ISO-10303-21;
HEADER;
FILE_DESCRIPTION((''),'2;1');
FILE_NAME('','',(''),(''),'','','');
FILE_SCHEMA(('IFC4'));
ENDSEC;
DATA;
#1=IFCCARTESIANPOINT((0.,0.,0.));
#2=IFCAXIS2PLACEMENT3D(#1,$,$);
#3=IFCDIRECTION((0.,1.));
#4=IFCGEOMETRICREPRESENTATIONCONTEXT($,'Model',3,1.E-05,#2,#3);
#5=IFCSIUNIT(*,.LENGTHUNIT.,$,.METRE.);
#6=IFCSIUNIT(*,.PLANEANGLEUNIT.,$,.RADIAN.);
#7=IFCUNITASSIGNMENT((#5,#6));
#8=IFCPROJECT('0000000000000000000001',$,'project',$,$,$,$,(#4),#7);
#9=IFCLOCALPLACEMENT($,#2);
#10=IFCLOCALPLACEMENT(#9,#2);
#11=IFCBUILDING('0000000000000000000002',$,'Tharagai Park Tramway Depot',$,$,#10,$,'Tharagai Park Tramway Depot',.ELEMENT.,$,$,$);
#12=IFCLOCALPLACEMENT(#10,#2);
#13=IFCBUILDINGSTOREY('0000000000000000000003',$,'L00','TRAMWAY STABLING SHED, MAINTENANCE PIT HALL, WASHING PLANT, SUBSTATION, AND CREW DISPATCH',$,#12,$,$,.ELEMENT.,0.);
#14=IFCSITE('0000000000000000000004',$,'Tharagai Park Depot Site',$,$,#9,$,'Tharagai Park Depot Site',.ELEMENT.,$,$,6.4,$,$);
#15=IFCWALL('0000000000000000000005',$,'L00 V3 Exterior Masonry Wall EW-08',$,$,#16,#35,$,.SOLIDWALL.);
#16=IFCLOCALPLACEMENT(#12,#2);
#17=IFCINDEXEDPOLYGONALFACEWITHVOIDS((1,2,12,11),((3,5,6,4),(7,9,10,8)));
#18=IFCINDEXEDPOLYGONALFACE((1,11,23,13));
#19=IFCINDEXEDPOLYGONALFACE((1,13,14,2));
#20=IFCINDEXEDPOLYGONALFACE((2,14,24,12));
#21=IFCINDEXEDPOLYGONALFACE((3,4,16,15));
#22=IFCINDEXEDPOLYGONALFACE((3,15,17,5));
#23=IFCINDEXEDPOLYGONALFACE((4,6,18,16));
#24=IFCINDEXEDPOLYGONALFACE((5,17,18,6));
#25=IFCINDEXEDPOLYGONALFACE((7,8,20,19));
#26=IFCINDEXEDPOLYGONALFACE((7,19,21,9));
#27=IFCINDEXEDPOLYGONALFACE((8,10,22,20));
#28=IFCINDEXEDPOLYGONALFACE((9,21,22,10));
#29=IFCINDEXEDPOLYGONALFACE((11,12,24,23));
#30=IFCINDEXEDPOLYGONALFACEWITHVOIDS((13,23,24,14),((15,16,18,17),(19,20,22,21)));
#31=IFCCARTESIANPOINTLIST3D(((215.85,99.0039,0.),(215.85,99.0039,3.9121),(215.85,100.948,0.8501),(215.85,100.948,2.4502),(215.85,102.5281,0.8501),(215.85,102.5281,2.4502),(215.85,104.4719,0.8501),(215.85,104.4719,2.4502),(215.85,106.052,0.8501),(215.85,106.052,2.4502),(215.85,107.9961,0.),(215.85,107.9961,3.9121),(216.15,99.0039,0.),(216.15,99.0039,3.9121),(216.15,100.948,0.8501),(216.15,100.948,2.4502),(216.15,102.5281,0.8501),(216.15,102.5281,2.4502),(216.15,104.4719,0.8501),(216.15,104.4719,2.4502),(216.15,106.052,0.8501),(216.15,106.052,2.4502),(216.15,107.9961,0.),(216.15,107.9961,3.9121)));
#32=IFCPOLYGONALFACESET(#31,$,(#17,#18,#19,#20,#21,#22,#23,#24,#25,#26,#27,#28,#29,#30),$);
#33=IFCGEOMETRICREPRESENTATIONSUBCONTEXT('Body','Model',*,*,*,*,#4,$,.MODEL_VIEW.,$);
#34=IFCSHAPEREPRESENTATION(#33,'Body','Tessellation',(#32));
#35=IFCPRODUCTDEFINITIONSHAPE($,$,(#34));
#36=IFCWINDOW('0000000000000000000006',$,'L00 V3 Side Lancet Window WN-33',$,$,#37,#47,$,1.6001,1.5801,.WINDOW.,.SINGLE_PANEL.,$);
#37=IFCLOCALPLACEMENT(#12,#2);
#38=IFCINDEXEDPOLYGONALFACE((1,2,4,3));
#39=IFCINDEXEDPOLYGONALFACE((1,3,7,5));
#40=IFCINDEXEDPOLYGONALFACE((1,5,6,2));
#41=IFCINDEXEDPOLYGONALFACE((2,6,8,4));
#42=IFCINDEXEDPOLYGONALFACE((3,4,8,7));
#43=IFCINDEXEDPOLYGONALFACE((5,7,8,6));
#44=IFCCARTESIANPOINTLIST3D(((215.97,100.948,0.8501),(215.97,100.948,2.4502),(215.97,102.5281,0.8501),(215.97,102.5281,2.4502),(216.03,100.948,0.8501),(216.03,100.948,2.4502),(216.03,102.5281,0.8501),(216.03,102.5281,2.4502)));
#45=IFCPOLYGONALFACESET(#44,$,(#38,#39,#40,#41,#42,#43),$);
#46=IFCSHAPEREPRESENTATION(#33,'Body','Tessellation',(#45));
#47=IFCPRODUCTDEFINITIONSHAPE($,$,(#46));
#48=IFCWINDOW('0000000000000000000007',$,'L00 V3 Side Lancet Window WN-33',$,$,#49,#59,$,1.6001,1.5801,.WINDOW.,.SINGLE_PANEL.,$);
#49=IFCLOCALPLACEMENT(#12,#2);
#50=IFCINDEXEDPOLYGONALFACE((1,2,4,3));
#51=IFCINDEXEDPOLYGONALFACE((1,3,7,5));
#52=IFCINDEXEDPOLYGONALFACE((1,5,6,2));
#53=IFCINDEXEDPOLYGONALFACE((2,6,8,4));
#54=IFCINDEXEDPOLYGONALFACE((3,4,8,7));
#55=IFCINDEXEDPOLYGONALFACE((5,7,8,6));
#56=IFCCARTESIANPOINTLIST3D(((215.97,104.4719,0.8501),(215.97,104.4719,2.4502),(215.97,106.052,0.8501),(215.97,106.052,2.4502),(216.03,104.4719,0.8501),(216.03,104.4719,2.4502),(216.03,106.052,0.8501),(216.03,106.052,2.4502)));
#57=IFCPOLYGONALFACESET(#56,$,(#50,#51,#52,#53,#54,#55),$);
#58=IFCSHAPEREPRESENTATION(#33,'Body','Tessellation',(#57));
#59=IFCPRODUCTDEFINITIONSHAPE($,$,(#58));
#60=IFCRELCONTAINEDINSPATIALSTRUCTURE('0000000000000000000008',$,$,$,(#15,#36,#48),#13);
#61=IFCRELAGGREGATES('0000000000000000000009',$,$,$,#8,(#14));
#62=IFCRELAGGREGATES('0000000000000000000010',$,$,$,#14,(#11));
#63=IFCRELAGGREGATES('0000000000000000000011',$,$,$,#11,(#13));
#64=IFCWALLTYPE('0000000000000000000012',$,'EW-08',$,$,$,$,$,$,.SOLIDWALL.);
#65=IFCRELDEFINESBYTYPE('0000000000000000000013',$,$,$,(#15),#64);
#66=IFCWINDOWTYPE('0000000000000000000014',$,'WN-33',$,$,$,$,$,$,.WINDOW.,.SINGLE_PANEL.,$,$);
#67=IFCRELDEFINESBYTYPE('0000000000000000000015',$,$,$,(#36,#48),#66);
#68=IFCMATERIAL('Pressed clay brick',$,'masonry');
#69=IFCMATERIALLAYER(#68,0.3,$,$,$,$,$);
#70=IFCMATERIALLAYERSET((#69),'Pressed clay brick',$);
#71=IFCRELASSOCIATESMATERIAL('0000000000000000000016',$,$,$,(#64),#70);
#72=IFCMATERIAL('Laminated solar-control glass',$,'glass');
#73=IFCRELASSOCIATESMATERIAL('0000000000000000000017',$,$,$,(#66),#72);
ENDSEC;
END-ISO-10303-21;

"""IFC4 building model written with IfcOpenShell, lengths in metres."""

from ifc_helpers import new_model, si_unit, direction, frame, frame_2d, origin, place, context, subcontext, project, spatial, rectangle, extrude, material, layer, layer_set, type_object, element, fill, save


model = new_model("IFC4")

# Units and contexts
model_context = context("Model", 3, precision=1e-05, world=origin(), true_north=direction((0.0, 1.0)))
body_context = subcontext(model_context, "Body", "Model", "MODEL_VIEW")
ifc_project = project(units=[si_unit("LENGTHUNIT", "METRE"), si_unit("PLANEANGLEUNIT", "RADIAN")], contexts=[model_context])

# Site, building, storey
site_placement = place(None, origin())
site = spatial("IfcSite", under=ifc_project, at=site_placement, Name="Tharagai Park Depot Site", LongName="Tharagai Park Depot Site", CompositionType="ELEMENT", RefElevation=6.4)
building_placement = place(site_placement, origin())
building = spatial("IfcBuilding", under=site, at=building_placement, Name="Tharagai Park Tramway Depot", LongName="Tharagai Park Tramway Depot", CompositionType="ELEMENT")
storey_placement = place(building_placement, origin())
storey = spatial("IfcBuildingStorey", under=building, at=storey_placement, Name="L00", Description="TRAMWAY STABLING SHED, MAINTENANCE PIT HALL, WASHING PLANT, SUBSTATION, AND CREW DISPATCH", CompositionType="ELEMENT", Elevation=0.0)

# Shared definitions
ifc_material_1 = material(Name="Laminated solar-control glass", Category="glass")
ifc_material_2 = material(Name="Pressed clay brick", Category="masonry")
ifc_layer_1 = layer(ifc_material_2, 0.3)
ifc_layer_set_1 = layer_set([ifc_layer_1], Name="Pressed clay brick")
wall_type_1 = type_object("IfcWallType", Name="EW-08", PredefinedType="SOLIDWALL", material=ifc_layer_set_1)

# Wall, openings, windows
wall_1_placement = place(storey_placement, frame((216.0, 99.0039, 0.0), z_axis=(0.0, 0.0, 1.0), x_axis=(0.0, 1.0, 0.0)))
wall_1 = element("IfcWall", 1, at=wall_1_placement, inside=storey, type_object=wall_type_1, Name="L00 V3 Exterior Masonry Wall EW-08", PredefinedType="SOLIDWALL", context=body_context, shape_type="SweptSolid", body=[
    extrude(rectangle(XDim=8.9922, YDim=0.3, at=frame_2d((4.4961, 0.0))), origin(), (0.0, 0.0, 1.0), 3.9121),
])
opening_1_placement = place(wall_1_placement, frame((1.9441, 0.0, 0.8501)))
opening_1 = element("IfcOpeningElement", 2, at=opening_1_placement, cuts=wall_1, PredefinedType="OPENING", context=body_context, shape_type="SweptSolid", body=[
    extrude(rectangle(XDim=1.5801, YDim=1.6001, at=frame_2d((0.79, 0.8))), frame((0.0, 0.1599, 0.0), z_axis=(0.0, -1.0, 0.0), x_axis=(1.0, 0.0, 0.0)), (0.0, 0.0, 1.0), 0.3201),
])
opening_2_placement = place(wall_1_placement, frame((5.468, 0.0, 0.8501)))
opening_2 = element("IfcOpeningElement", 3, at=opening_2_placement, cuts=wall_1, PredefinedType="OPENING", context=body_context, shape_type="SweptSolid", body=[
    extrude(rectangle(XDim=1.5801, YDim=1.6001, at=frame_2d((0.79, 0.8))), frame((0.0, 0.1599, 0.0), z_axis=(0.0, -1.0, 0.0), x_axis=(1.0, 0.0, 0.0)), (0.0, 0.0, 1.0), 0.3201),
])
window_type_1 = type_object("IfcWindowType", Name="WN-33", PartitioningType="SINGLE_PANEL", PredefinedType="WINDOW", material=ifc_material_1)
window_1_placement = place(opening_1_placement, origin())
window_1 = element("IfcWindow", 4, at=window_1_placement, inside=storey, type_object=window_type_1, Name="L00 V3 Side Lancet Window WN-33", OverallHeight=1.6001, OverallWidth=1.5801, PartitioningType="SINGLE_PANEL", PredefinedType="WINDOW", context=body_context, shape_type="SweptSolid", body=[
    extrude(rectangle(XDim=1.5801, YDim=1.6001, at=frame_2d((0.79, 0.8))), frame((0.0, 0.03, 0.0), z_axis=(0.0, -1.0, 0.0), x_axis=(1.0, 0.0, 0.0)), (0.0, 0.0, 1.0), 0.0601),
])
fill(opening_1, window_1)
window_2_placement = place(opening_2_placement, origin())
window_2 = element("IfcWindow", 5, at=window_2_placement, inside=storey, type_object=window_type_1, Name="L00 V3 Side Lancet Window WN-33", OverallHeight=1.6001, OverallWidth=1.5801, PartitioningType="SINGLE_PANEL", PredefinedType="WINDOW", context=body_context, shape_type="SweptSolid", body=[
    extrude(rectangle(XDim=1.5801, YDim=1.6001, at=frame_2d((0.79, 0.8))), frame((0.0, 0.03, 0.0), z_axis=(0.0, -1.0, 0.0), x_axis=(1.0, 0.0, 0.0)), (0.0, 0.0, 1.0), 0.0601),
])
fill(opening_2, window_2)

save(model, "model.ifc")
